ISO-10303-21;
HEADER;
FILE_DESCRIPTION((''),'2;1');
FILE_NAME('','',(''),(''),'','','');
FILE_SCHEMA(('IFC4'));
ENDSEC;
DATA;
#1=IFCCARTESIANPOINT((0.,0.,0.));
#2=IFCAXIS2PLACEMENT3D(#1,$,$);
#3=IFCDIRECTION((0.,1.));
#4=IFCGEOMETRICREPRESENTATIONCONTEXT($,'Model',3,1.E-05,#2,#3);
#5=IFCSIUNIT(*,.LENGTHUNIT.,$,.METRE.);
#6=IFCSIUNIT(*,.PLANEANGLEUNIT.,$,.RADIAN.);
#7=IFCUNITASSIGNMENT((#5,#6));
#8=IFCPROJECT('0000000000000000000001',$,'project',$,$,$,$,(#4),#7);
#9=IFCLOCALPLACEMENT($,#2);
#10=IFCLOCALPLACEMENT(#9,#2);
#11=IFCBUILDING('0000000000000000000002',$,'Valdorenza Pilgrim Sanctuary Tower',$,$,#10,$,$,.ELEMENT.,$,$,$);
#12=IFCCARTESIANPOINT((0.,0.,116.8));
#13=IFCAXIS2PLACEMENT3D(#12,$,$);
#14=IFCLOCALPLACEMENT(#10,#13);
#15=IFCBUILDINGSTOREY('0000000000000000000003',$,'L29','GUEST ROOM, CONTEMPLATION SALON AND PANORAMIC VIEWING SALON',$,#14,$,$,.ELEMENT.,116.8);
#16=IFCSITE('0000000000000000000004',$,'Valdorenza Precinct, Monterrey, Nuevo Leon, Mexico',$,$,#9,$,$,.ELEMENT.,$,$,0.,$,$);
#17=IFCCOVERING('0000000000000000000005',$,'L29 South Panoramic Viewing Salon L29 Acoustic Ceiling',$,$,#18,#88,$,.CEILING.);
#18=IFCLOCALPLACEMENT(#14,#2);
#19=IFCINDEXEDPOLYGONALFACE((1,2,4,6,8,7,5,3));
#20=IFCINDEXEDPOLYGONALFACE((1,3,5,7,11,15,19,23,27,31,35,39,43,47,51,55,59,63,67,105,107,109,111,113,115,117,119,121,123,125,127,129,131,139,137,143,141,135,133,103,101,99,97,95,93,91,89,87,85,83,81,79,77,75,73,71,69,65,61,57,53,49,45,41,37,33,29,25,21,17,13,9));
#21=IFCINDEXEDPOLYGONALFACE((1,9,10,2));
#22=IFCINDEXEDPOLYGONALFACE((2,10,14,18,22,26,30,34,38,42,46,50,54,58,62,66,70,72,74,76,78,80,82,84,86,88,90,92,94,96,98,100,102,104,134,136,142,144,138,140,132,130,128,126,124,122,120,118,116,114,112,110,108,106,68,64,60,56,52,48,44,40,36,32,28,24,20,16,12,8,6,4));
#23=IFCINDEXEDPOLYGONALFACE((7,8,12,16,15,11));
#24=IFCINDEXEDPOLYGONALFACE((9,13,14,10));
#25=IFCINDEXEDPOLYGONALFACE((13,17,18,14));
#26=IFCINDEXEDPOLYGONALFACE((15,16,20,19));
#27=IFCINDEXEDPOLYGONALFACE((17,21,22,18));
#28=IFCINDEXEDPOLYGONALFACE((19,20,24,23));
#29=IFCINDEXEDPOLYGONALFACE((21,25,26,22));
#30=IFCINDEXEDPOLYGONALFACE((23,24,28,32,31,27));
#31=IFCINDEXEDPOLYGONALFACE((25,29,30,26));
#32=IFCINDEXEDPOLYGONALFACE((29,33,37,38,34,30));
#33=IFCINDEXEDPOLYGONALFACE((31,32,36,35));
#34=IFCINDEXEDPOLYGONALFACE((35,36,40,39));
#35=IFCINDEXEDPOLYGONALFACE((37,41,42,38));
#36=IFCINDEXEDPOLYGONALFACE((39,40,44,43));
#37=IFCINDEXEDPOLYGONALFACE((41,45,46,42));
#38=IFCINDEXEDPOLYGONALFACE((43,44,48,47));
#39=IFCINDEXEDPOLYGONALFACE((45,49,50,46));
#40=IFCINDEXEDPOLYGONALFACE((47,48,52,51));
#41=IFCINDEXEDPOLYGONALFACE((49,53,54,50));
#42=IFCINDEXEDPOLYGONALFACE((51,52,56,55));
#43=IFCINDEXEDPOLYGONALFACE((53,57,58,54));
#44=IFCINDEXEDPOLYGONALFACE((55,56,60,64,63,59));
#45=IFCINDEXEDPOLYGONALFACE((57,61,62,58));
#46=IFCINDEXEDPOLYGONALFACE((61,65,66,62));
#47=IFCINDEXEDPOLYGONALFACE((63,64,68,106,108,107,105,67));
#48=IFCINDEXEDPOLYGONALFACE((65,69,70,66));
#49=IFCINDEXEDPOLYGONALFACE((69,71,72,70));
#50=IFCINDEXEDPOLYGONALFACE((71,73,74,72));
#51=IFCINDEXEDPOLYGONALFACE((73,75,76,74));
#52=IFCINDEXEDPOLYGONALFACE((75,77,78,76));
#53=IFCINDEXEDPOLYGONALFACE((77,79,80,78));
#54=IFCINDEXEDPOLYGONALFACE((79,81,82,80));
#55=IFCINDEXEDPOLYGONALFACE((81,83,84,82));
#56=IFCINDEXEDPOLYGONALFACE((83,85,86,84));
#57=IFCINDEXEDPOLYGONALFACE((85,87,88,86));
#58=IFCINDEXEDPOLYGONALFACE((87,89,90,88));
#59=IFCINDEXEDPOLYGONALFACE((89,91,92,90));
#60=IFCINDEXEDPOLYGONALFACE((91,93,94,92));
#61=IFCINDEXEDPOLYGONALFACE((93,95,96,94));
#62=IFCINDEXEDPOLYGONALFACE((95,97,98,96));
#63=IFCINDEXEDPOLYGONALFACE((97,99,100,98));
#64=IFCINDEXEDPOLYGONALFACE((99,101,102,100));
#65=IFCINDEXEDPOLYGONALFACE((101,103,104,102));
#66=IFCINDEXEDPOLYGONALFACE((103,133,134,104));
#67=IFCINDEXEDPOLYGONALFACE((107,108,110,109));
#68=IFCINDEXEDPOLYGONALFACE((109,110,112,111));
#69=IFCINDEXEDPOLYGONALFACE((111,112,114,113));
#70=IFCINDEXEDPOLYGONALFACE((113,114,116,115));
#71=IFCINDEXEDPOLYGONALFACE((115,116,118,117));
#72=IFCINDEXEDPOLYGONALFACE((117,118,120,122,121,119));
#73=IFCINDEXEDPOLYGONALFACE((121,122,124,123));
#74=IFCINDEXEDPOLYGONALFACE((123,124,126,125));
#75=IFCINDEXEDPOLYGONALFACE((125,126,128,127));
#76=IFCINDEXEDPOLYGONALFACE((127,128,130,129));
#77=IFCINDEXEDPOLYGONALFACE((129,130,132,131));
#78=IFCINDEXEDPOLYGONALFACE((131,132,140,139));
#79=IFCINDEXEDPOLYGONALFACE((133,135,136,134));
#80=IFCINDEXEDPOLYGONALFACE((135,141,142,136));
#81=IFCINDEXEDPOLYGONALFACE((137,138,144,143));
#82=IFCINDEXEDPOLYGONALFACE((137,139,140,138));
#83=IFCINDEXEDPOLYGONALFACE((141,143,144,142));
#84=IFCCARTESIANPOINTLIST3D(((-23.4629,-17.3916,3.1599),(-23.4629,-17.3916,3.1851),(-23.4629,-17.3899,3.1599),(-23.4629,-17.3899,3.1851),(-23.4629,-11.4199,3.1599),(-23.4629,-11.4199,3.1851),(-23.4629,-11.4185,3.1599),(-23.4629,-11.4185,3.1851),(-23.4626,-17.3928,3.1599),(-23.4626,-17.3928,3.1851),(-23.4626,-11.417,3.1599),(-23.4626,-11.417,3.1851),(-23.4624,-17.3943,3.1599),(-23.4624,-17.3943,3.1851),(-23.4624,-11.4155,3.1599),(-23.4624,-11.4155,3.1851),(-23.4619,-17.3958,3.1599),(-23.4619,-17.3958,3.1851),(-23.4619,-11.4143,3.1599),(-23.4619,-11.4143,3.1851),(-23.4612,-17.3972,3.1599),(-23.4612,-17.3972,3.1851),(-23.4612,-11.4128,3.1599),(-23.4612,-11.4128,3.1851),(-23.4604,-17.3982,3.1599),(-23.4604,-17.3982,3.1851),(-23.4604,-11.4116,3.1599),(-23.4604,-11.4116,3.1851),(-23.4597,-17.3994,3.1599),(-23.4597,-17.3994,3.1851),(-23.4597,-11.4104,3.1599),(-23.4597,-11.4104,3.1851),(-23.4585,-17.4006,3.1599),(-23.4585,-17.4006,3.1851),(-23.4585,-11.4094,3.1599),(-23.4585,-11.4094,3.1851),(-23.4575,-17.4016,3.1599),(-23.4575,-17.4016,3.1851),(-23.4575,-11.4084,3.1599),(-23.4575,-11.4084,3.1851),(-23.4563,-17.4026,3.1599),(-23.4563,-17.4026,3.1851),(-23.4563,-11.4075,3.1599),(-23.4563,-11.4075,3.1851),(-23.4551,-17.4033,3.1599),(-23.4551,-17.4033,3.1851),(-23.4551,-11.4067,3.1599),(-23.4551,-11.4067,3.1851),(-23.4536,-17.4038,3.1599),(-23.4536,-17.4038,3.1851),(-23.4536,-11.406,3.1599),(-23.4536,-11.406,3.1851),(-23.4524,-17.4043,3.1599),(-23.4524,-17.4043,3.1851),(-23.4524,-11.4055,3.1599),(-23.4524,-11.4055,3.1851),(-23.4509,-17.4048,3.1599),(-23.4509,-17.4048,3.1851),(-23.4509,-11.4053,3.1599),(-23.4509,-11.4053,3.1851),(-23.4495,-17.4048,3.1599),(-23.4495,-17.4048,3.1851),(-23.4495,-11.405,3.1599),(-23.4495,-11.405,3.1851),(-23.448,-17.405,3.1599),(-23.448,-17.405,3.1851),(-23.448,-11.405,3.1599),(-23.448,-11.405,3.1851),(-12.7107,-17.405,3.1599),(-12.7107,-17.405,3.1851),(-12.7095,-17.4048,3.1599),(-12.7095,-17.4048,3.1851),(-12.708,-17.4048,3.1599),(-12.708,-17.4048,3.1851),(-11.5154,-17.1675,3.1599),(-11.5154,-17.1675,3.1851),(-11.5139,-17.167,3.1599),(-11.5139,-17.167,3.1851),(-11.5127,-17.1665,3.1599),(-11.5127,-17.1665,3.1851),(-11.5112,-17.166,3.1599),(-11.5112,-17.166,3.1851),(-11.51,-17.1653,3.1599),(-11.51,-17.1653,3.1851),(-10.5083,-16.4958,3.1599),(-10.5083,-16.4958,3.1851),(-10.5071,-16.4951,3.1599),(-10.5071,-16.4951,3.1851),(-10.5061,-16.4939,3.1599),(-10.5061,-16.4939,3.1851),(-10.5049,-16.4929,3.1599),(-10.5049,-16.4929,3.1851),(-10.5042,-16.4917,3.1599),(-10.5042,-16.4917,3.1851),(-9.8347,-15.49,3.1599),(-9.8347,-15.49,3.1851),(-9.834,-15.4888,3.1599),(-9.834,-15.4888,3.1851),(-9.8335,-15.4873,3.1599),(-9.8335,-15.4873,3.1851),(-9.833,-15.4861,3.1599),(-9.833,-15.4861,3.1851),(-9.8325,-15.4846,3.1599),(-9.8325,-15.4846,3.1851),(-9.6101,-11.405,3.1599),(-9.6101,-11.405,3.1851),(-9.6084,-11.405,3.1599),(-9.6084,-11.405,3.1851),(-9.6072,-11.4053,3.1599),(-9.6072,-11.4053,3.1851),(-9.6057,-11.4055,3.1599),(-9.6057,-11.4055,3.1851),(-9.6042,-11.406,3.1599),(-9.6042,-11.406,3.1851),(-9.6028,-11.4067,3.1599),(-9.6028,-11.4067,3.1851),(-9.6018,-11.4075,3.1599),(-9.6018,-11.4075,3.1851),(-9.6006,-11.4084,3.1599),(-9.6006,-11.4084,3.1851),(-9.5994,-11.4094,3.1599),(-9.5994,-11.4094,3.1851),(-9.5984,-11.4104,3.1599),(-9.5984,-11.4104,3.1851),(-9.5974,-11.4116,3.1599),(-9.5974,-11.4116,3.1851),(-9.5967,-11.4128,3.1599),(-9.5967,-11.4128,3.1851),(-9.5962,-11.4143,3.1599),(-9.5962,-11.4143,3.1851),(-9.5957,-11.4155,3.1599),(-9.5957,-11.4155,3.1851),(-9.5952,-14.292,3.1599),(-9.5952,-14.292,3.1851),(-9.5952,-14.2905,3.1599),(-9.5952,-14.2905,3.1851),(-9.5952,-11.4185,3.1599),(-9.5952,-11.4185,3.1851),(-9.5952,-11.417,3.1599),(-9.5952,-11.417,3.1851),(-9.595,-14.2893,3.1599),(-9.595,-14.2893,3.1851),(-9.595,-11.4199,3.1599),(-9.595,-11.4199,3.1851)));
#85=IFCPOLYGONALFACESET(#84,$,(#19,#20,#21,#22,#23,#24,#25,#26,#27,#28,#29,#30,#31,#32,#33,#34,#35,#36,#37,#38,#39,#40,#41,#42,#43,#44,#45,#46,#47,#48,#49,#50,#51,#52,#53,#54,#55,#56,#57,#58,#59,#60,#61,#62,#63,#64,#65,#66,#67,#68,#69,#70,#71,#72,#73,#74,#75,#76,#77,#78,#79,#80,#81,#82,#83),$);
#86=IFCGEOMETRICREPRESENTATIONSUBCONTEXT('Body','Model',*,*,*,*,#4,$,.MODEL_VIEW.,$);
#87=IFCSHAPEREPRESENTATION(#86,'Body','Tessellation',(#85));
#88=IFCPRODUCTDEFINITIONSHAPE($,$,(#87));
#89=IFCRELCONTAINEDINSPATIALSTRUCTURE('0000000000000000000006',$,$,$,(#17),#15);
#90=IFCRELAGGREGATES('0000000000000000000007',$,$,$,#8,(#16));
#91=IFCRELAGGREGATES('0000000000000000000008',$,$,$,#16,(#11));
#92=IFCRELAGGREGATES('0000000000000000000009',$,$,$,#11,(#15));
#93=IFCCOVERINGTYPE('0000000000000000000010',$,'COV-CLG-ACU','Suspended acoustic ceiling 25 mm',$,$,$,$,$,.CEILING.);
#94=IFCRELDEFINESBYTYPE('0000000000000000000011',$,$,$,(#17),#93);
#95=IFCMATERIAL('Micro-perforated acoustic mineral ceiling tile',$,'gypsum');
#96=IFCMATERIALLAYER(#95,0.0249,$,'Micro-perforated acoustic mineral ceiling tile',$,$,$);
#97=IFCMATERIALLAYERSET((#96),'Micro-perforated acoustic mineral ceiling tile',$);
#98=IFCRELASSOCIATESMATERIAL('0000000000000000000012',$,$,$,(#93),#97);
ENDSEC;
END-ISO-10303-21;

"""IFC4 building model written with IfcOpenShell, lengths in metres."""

from ifc_helpers import new_model, si_unit, direction, frame, origin, place, context, subcontext, project, spatial, polyline, outline, extrude, material, layer, layer_set, type_object, element, save


model = new_model("IFC4")

# Units and contexts
model_context = context("Model", 3, precision=1e-05, world=origin(), true_north=direction((0.0, 1.0)))
body_context = subcontext(model_context, "Body", "Model", "MODEL_VIEW")
ifc_project = project(units=[si_unit("LENGTHUNIT", "METRE"), si_unit("PLANEANGLEUNIT", "RADIAN")], contexts=[model_context])

# Site, building, storey
site_placement = place(None, origin())
site = spatial("IfcSite", under=ifc_project, at=site_placement, Name="Valdorenza Precinct, Monterrey, Nuevo Leon, Mexico", CompositionType="ELEMENT", RefElevation=0.0)
building_placement = place(site_placement, origin())
building = spatial("IfcBuilding", under=site, at=building_placement, Name="Valdorenza Pilgrim Sanctuary Tower", CompositionType="ELEMENT")
storey_placement = place(building_placement, frame((0.0, 0.0, 116.8)))
storey = spatial("IfcBuildingStorey", under=building, at=storey_placement, Name="L29", Description="GUEST ROOM, CONTEMPLATION SALON AND PANORAMIC VIEWING SALON", CompositionType="ELEMENT", Elevation=116.8)

# Covering
ifc_material_1 = material(Name="Micro-perforated acoustic mineral ceiling tile", Category="gypsum")
ifc_layer_1 = layer(ifc_material_1, 0.0249, Name="Micro-perforated acoustic mineral ceiling tile")
ifc_layer_set_1 = layer_set([ifc_layer_1], Name="Micro-perforated acoustic mineral ceiling tile")
covering_type_1 = type_object("IfcCoveringType", Name="COV-CLG-ACU", Description="Suspended acoustic ceiling 25 mm", PredefinedType="CEILING", material=ifc_layer_set_1)
covering_1_placement = place(storey_placement, frame((0.0, 0.0, 3.1599)))
element("IfcCovering", 1, at=covering_1_placement, inside=storey, type_object=covering_type_1, Name="L29 South Panoramic Viewing Salon L29 Acoustic Ceiling", PredefinedType="CEILING", context=body_context, shape_type="SweptSolid", body=[
    extrude(outline(polyline([(-9.6101, -11.405), (-9.6084, -11.405), (-9.6072, -11.4053), (-9.6057, -11.4055), (-9.6042, -11.406), (-9.6028, -11.4067), (-9.6018, -11.4075), (-9.6006, -11.4084), (-9.5994, -11.4094), (-9.5984, -11.4104), (-9.5974, -11.4116), (-9.5967, -11.4128), (-9.5962, -11.4143), (-9.5957, -11.4155), (-9.5952, -11.417), (-9.5952, -11.4185), (-9.595, -11.4199), (-9.595, -14.2893), (-9.5952, -14.2905), (-9.5952, -14.292), (-9.8325, -15.4846), (-9.833, -15.4861), (-9.8335, -15.4873), (-9.834, -15.4888), (-9.8347, -15.49), (-10.5042, -16.4917), (-10.5049, -16.4929), (-10.5061, -16.4939), (-10.5071, -16.4951), (-10.5083, -16.4958), (-11.51, -17.1653), (-11.5112, -17.166), (-11.5127, -17.1665), (-11.5139, -17.167), (-11.5154, -17.1675), (-12.708, -17.4048), (-12.7095, -17.4048), (-12.7107, -17.405), (-23.448, -17.405), (-23.4495, -17.4048), (-23.4509, -17.4048), (-23.4524, -17.4043), (-23.4536, -17.4038), (-23.4551, -17.4033), (-23.4563, -17.4026), (-23.4575, -17.4016), (-23.4585, -17.4006), (-23.4597, -17.3994), (-23.4604, -17.3982), (-23.4612, -17.3972), (-23.4619, -17.3958), (-23.4624, -17.3943), (-23.4626, -17.3928), (-23.4629, -17.3916), (-23.4629, -17.3899), (-23.4629, -11.4199), (-23.4629, -11.4185), (-23.4626, -11.417), (-23.4624, -11.4155), (-23.4619, -11.4143), (-23.4612, -11.4128), (-23.4604, -11.4116), (-23.4597, -11.4104), (-23.4585, -11.4094), (-23.4575, -11.4084), (-23.4563, -11.4075), (-23.4551, -11.4067), (-23.4536, -11.406), (-23.4524, -11.4055), (-23.4509, -11.4053), (-23.4495, -11.405), (-23.448, -11.405), (-9.6101, -11.405)])), origin(), (0.0, 0.0, 1.0), 0.0251),
])

save(model, "model.ifc")
